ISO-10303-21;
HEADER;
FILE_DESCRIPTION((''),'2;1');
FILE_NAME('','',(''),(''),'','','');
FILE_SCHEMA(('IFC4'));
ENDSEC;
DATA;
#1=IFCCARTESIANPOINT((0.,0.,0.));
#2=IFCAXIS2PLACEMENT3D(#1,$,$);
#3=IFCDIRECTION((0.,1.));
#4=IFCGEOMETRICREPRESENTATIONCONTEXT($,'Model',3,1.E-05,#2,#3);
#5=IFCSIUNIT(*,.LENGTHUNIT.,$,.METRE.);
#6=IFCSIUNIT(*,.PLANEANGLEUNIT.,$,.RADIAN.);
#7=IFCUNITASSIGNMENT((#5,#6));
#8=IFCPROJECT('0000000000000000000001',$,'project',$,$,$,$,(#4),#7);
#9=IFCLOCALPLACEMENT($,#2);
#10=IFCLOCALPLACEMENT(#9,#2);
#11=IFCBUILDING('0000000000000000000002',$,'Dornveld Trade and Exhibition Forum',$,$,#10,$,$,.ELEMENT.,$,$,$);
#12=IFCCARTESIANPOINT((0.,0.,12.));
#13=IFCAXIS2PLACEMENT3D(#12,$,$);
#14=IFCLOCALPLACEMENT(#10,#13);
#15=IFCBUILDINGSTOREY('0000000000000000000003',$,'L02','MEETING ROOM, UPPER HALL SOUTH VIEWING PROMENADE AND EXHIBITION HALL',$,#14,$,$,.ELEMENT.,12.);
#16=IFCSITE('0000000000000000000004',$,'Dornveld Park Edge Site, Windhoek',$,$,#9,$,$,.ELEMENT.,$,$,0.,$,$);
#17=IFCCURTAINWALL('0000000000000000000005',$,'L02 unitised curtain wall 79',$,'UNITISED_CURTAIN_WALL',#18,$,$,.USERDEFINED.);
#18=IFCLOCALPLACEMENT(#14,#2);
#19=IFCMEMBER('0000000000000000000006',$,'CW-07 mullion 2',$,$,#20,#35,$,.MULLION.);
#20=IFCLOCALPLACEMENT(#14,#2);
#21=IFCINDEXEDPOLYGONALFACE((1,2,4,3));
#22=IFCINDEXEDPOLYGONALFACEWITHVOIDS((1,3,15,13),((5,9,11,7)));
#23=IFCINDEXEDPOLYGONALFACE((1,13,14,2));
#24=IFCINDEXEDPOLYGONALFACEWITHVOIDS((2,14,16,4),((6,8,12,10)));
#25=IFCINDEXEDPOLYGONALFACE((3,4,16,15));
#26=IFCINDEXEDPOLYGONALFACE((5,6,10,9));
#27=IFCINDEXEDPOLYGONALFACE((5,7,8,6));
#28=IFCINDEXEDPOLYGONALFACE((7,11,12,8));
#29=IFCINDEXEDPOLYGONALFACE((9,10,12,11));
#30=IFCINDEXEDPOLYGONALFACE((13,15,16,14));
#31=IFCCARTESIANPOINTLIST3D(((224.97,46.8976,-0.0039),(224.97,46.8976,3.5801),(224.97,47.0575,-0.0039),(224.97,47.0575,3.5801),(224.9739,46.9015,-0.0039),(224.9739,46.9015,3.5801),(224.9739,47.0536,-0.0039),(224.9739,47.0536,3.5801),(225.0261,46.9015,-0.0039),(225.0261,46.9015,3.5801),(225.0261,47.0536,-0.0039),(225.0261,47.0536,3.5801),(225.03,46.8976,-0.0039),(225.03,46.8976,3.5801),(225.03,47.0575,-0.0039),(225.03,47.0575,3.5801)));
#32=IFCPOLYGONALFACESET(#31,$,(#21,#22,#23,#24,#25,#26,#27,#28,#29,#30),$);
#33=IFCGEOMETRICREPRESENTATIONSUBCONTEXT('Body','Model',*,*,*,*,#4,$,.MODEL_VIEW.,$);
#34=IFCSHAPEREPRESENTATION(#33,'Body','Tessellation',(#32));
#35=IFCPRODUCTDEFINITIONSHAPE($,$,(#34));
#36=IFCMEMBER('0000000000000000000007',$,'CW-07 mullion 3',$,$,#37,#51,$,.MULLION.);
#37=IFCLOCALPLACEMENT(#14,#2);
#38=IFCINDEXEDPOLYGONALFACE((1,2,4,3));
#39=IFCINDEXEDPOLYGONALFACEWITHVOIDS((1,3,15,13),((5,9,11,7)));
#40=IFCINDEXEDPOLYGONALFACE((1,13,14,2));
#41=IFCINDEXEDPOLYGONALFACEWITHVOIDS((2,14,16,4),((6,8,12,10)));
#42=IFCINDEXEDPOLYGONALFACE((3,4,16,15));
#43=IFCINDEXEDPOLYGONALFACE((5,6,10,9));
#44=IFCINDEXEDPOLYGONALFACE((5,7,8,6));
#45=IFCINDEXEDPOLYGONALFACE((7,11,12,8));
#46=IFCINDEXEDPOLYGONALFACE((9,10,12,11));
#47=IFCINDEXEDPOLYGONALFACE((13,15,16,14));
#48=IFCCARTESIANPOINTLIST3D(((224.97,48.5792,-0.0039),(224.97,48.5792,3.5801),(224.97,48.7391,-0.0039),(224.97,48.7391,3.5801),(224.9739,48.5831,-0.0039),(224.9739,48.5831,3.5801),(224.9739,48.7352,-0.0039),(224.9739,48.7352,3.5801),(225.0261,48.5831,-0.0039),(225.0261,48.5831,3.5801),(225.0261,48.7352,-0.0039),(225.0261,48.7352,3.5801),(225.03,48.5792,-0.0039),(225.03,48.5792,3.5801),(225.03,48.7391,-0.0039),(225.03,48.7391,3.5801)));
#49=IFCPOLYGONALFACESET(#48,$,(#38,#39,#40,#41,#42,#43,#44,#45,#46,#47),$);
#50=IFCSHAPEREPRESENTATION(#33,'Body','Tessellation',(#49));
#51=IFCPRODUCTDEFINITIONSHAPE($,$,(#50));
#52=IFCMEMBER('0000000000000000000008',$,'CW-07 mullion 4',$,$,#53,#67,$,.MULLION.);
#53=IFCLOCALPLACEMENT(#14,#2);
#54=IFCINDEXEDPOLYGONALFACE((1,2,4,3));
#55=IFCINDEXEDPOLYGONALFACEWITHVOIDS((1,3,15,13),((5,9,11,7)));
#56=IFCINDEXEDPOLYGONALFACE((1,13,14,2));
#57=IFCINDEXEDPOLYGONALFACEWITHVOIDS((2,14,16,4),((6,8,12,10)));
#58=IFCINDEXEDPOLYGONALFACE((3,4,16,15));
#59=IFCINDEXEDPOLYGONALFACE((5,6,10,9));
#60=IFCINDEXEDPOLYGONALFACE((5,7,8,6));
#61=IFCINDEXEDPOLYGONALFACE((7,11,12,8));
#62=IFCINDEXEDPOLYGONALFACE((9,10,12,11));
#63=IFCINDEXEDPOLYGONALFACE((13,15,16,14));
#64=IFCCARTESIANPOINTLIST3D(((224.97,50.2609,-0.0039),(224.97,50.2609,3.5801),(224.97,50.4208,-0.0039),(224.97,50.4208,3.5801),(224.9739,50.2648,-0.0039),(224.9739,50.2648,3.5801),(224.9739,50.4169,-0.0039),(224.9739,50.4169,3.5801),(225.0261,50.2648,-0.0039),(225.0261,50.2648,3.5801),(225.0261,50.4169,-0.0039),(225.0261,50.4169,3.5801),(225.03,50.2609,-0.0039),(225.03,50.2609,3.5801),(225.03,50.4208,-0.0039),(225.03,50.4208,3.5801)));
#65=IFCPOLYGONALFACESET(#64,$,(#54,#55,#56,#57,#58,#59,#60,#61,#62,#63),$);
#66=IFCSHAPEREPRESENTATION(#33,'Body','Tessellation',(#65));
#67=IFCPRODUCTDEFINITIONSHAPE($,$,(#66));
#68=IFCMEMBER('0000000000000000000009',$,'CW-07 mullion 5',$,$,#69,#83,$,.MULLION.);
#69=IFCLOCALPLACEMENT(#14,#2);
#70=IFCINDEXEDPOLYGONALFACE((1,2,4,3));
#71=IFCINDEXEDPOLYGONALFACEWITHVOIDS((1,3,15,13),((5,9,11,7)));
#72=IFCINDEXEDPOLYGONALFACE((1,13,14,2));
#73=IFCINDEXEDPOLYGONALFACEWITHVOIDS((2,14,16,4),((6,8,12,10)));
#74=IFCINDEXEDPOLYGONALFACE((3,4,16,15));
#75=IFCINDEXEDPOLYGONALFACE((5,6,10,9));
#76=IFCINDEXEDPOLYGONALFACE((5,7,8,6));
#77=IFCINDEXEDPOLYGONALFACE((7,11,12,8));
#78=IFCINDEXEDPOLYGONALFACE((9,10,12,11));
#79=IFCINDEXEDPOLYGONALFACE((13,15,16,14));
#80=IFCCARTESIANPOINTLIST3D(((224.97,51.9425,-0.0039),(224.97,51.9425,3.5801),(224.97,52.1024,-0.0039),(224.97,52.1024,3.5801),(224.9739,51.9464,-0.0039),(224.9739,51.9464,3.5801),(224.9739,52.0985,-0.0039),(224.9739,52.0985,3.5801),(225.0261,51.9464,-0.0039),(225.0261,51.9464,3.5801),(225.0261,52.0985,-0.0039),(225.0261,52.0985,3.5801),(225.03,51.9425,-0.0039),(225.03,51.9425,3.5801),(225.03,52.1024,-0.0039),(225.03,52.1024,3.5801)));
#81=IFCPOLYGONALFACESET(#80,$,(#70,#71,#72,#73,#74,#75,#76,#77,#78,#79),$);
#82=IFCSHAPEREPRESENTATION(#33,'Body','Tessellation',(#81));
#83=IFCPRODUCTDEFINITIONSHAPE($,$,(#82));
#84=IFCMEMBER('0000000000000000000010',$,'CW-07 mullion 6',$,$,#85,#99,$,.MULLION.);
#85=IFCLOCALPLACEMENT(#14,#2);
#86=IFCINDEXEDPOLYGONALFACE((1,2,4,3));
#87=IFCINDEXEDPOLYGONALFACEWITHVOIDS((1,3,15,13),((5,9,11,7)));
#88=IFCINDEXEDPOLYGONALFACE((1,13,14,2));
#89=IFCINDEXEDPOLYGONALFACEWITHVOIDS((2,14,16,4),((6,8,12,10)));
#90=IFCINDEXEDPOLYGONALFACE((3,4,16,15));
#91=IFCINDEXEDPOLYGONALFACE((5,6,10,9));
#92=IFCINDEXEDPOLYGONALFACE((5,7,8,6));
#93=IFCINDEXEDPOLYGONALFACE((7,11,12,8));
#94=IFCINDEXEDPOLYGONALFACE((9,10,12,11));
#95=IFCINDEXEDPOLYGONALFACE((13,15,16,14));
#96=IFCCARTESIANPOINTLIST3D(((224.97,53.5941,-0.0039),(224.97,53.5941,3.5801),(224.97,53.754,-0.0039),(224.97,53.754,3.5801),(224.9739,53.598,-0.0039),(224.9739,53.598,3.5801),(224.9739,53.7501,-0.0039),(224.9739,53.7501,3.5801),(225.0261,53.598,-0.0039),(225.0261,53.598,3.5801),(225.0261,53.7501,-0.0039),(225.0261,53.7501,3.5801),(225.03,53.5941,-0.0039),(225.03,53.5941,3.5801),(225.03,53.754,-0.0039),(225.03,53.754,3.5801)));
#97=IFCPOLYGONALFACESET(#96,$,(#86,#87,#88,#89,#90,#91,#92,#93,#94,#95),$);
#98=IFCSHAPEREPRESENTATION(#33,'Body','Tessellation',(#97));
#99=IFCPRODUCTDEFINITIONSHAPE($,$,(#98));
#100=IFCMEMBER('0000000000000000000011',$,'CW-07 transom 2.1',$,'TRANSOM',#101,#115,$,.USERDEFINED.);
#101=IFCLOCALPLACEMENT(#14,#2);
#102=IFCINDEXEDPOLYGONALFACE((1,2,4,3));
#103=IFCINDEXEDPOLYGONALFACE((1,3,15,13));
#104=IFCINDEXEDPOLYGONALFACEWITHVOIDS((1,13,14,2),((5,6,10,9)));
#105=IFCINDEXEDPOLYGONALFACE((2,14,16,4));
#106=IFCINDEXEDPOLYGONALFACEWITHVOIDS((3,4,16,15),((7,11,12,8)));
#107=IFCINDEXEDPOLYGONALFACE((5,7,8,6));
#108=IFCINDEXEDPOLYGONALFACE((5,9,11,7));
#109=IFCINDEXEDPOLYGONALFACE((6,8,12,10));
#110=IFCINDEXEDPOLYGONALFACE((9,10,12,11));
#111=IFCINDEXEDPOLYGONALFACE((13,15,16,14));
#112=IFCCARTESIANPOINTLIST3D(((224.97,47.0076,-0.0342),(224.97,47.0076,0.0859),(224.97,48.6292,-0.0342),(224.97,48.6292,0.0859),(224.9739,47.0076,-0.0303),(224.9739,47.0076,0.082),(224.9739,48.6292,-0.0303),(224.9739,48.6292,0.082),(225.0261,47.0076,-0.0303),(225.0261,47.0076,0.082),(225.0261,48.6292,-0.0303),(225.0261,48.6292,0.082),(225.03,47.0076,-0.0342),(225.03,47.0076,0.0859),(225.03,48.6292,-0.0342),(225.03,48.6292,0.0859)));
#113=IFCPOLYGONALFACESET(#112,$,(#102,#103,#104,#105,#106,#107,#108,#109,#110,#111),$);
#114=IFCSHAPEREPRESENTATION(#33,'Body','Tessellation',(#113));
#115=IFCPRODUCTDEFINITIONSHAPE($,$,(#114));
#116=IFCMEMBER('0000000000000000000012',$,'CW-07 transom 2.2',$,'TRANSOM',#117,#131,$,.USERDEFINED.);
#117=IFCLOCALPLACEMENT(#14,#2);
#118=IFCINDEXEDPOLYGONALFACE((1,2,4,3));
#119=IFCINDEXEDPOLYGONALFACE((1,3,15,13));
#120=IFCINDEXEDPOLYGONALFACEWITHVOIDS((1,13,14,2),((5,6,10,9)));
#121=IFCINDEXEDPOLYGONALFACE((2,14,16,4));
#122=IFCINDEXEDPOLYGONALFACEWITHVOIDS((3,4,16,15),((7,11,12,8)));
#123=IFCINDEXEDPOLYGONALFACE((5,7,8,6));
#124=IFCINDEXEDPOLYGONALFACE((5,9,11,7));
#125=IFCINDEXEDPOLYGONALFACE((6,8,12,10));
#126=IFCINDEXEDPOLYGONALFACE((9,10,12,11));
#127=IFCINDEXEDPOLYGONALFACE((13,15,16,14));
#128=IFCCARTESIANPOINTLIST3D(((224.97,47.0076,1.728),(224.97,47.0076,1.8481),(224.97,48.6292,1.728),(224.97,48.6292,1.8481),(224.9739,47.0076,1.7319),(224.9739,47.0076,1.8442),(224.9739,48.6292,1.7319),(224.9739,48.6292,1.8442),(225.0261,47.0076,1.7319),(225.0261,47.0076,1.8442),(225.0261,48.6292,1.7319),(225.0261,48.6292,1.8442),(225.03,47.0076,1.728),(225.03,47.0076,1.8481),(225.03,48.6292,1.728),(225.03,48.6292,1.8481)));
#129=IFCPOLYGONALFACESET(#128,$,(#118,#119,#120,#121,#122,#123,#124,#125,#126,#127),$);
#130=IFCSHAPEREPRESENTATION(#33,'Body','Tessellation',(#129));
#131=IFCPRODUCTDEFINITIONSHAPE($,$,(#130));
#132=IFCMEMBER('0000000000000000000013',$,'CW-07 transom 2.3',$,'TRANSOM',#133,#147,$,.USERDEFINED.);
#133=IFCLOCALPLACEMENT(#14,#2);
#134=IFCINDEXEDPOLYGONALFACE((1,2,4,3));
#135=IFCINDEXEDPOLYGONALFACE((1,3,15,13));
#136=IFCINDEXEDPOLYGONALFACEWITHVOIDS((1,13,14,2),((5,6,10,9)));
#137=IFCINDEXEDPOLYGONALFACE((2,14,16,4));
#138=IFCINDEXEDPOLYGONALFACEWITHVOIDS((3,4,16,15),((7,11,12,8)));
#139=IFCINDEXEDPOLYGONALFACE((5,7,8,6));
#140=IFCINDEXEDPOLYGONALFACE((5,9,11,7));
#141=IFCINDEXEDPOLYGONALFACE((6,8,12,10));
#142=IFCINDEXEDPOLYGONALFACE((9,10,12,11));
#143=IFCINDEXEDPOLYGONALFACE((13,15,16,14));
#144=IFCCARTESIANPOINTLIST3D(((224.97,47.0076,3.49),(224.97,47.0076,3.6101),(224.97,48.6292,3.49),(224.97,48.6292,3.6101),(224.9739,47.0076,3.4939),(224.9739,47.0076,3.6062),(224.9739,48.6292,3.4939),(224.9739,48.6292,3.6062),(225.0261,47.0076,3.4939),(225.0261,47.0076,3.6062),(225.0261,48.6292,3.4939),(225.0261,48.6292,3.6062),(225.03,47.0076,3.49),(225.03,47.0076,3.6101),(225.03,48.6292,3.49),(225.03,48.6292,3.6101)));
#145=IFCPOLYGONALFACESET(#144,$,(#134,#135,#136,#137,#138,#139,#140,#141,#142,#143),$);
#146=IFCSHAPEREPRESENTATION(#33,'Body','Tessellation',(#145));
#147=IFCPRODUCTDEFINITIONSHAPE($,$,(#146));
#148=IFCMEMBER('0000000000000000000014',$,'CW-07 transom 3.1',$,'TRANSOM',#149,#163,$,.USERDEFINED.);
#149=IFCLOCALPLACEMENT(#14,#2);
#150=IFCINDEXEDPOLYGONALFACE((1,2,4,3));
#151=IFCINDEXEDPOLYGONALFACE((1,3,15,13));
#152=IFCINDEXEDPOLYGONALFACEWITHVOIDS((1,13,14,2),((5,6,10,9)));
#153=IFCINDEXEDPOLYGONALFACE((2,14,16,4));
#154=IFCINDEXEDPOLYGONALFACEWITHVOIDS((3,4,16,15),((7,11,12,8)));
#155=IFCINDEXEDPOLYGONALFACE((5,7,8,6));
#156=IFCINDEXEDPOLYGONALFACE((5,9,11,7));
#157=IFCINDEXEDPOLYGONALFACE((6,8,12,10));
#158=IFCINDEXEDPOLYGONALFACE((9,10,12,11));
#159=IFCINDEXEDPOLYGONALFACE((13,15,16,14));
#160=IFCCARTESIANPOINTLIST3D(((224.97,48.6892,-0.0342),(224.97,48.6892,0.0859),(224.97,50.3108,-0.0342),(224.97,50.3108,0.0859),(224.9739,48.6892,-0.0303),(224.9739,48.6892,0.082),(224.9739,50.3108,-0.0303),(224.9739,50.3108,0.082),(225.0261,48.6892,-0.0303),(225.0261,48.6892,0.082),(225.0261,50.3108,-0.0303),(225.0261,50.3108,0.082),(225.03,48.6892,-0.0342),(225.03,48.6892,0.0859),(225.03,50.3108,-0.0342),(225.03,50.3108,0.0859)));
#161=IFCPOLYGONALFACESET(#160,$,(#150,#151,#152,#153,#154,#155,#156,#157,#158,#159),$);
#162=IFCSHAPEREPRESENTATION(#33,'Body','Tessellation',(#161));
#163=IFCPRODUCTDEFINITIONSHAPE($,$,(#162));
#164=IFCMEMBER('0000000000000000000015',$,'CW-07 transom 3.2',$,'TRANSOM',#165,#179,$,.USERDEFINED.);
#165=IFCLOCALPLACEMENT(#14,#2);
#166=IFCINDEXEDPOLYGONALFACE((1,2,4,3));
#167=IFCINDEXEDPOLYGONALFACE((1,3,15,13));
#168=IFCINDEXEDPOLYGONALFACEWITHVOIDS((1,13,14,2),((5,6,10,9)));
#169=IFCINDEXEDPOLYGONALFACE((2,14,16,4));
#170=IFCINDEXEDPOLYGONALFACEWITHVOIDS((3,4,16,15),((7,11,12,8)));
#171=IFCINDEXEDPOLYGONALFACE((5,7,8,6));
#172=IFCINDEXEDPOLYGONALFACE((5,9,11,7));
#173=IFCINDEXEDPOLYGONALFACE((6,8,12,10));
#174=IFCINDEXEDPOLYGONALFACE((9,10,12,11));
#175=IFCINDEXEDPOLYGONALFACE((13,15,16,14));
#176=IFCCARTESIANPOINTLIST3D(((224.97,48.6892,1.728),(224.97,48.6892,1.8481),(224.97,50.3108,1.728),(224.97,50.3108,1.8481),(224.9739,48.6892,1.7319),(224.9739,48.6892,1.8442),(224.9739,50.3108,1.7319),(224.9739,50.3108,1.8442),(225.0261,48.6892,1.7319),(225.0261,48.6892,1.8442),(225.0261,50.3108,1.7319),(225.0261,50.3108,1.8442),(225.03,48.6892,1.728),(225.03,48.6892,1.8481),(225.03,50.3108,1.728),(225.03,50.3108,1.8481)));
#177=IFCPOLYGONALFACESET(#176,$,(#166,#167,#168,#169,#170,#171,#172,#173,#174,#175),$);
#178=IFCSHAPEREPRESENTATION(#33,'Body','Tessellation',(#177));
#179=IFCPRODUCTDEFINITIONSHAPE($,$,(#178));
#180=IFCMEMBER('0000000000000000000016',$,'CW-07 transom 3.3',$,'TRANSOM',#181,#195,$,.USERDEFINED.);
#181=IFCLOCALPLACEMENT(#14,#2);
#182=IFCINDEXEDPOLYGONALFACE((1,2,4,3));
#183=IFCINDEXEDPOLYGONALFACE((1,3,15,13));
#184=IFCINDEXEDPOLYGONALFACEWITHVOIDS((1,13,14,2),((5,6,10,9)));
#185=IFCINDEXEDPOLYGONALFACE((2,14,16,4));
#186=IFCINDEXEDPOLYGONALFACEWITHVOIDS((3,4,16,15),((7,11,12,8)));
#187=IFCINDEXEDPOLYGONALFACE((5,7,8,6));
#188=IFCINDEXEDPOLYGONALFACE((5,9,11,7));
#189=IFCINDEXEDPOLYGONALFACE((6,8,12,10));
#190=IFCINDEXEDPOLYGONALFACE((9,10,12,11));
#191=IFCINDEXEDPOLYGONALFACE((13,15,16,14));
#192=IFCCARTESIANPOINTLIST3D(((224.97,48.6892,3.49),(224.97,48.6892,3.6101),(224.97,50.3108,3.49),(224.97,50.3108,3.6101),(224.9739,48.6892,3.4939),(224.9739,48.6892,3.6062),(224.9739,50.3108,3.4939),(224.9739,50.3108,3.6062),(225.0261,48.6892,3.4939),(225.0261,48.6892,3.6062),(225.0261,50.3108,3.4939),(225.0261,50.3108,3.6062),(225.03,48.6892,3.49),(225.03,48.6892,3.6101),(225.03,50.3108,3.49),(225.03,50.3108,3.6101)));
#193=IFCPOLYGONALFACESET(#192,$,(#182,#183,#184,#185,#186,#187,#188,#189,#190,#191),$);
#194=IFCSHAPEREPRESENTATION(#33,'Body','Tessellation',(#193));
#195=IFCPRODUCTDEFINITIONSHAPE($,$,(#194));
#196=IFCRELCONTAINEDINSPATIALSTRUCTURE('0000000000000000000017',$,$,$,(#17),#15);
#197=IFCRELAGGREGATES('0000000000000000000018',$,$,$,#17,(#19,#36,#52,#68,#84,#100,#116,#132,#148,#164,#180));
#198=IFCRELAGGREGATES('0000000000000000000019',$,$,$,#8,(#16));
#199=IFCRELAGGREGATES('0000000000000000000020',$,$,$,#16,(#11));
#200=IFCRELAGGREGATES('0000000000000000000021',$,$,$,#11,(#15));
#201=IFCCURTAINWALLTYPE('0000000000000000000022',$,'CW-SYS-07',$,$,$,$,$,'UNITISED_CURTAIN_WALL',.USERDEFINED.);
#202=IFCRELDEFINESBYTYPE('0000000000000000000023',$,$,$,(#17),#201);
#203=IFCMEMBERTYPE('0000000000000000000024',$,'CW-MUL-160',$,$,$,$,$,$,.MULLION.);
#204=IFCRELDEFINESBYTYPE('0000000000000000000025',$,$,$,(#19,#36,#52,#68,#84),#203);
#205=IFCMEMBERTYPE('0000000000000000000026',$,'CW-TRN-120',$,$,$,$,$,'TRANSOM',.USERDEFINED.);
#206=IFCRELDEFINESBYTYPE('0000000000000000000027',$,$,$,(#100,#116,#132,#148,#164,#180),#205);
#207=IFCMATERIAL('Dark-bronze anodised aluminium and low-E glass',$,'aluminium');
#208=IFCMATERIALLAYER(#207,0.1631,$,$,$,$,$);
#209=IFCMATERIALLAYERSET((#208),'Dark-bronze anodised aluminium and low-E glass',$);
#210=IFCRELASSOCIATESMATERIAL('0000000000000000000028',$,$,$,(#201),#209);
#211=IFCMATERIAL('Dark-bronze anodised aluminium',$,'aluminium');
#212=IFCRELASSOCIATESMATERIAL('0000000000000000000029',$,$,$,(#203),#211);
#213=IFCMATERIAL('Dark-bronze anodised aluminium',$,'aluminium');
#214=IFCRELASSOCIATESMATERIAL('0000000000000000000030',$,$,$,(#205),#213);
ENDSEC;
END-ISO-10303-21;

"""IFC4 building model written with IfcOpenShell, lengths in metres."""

from ifc_helpers import new_model, si_unit, direction, frame, origin, origin_2d, place, context, subcontext, project, spatial, hollow_rectangle, extrude, material, layer, layer_set, material_profile, profile_set, type_object, element, aggregate, save


model = new_model("IFC4")

# Units and contexts
model_context = context("Model", 3, precision=1e-05, world=origin(), true_north=direction((0.0, 1.0)))
body_context = subcontext(model_context, "Body", "Model", "MODEL_VIEW")
ifc_project = project(units=[si_unit("LENGTHUNIT", "METRE"), si_unit("PLANEANGLEUNIT", "RADIAN")], contexts=[model_context])

# Site, building, storey
site_placement = place(None, origin())
site = spatial("IfcSite", under=ifc_project, at=site_placement, Name="Dornveld Park Edge Site, Windhoek", CompositionType="ELEMENT", RefElevation=0.0)
building_placement = place(site_placement, origin())
building = spatial("IfcBuilding", under=site, at=building_placement, Name="Dornveld Trade and Exhibition Forum", CompositionType="ELEMENT")
storey_placement = place(building_placement, frame((0.0, 0.0, 12.0)))
storey = spatial("IfcBuildingStorey", under=building, at=storey_placement, Name="L02", Description="MEETING ROOM, UPPER HALL SOUTH VIEWING PROMENADE AND EXHIBITION HALL", CompositionType="ELEMENT", Elevation=12.0)

# Curtain wall, members
ifc_material_1 = material(Name="Dark-bronze anodised aluminium and low-E glass", Category="aluminium")
ifc_layer_1 = layer(ifc_material_1, 0.1631)
ifc_layer_set_1 = layer_set([ifc_layer_1], Name="Dark-bronze anodised aluminium and low-E glass")
curtain_wall_type = type_object("IfcCurtainWallType", Name="CW-SYS-07", ElementType="UNITISED_CURTAIN_WALL", PredefinedType="USERDEFINED", material=ifc_layer_set_1)
curtain_wall_placement = place(storey_placement, origin())
curtain_wall = element("IfcCurtainWall", 1, at=curtain_wall_placement, inside=storey, type_object=curtain_wall_type, Name="L02 unitised curtain wall 79", ObjectType="UNITISED_CURTAIN_WALL", PredefinedType="USERDEFINED")
ifc_material_2 = material(Name="Dark-bronze anodised aluminium", Category="aluminium")
ifc_material_profile_1 = material_profile(ifc_material_2, hollow_rectangle(XDim=0.0601, YDim=0.1599, WallThickness=0.0039, at=origin_2d()), Name="RHS 160x60x4")
ifc_profile_set_1 = profile_set([ifc_material_profile_1], Name="Dark-bronze anodised aluminium")
member_type_1 = type_object("IfcMemberType", Name="CW-MUL-160", PredefinedType="MULLION", material=ifc_profile_set_1)
member_1_placement = place(storey_placement, frame((225.0, 46.9775, -0.0039), z_axis=(0.0, 0.0, 1.0), x_axis=(-1.0, 0.0, 0.0)))
member_1 = element("IfcMember", 2, at=member_1_placement, type_object=member_type_1, Name="CW-07 mullion 2", PredefinedType="MULLION", context=body_context, shape_type="SweptSolid", body=[
    extrude(hollow_rectangle(XDim=0.0601, YDim=0.1599, WallThickness=0.0039, at=origin_2d()), origin(), (0.0, 0.0, 1.0), 3.584),
])
member_2_placement = place(storey_placement, frame((225.0, 48.6592, -0.0039), z_axis=(0.0, 0.0, 1.0), x_axis=(-1.0, 0.0, 0.0)))
member_2 = element("IfcMember", 3, at=member_2_placement, type_object=member_type_1, Name="CW-07 mullion 3", PredefinedType="MULLION", context=body_context, shape_type="SweptSolid", body=[
    extrude(hollow_rectangle(XDim=0.0601, YDim=0.1599, WallThickness=0.0039, at=origin_2d()), origin(), (0.0, 0.0, 1.0), 3.584),
])
member_3_placement = place(storey_placement, frame((225.0, 50.3408, -0.0039), z_axis=(0.0, 0.0, 1.0), x_axis=(-1.0, 0.0, 0.0)))
member_3 = element("IfcMember", 4, at=member_3_placement, type_object=member_type_1, Name="CW-07 mullion 4", PredefinedType="MULLION", context=body_context, shape_type="SweptSolid", body=[
    extrude(hollow_rectangle(XDim=0.0601, YDim=0.1599, WallThickness=0.0039, at=origin_2d()), origin(), (0.0, 0.0, 1.0), 3.584),
])
member_4_placement = place(storey_placement, frame((225.0, 52.0225, -0.0039), z_axis=(0.0, 0.0, 1.0), x_axis=(-1.0, 0.0, 0.0)))
member_4 = element("IfcMember", 5, at=member_4_placement, type_object=member_type_1, Name="CW-07 mullion 5", PredefinedType="MULLION", context=body_context, shape_type="SweptSolid", body=[
    extrude(hollow_rectangle(XDim=0.0601, YDim=0.1599, WallThickness=0.0039, at=origin_2d()), origin(), (0.0, 0.0, 1.0), 3.584),
])
member_5_placement = place(storey_placement, frame((225.0, 53.6741, -0.0039), z_axis=(0.0, 0.0, 1.0), x_axis=(-1.0, 0.0, 0.0)))
member_5 = element("IfcMember", 6, at=member_5_placement, type_object=member_type_1, Name="CW-07 mullion 6", PredefinedType="MULLION", context=body_context, shape_type="SweptSolid", body=[
    extrude(hollow_rectangle(XDim=0.0601, YDim=0.1599, WallThickness=0.0039, at=origin_2d()), origin(), (0.0, 0.0, 1.0), 3.584),
])
ifc_material_3 = material(Name="Dark-bronze anodised aluminium", Category="aluminium")
ifc_material_profile_2 = material_profile(ifc_material_3, hollow_rectangle(XDim=0.0601, YDim=0.1201, WallThickness=0.0039, at=origin_2d()), Name="RHS 120x60x4")
ifc_profile_set_2 = profile_set([ifc_material_profile_2], Name="Dark-bronze anodised aluminium")
member_type_2 = type_object("IfcMemberType", Name="CW-TRN-120", ElementType="TRANSOM", PredefinedType="USERDEFINED", material=ifc_profile_set_2)
member_6_placement = place(storey_placement, frame((225.0, 47.0076, 0.0259), z_axis=(0.0, 1.0, 0.0), x_axis=(-1.0, 0.0, 0.0)))
member_6 = element("IfcMember", 7, at=member_6_placement, type_object=member_type_2, Name="CW-07 transom 2.1", ObjectType="TRANSOM", PredefinedType="USERDEFINED", context=body_context, shape_type="SweptSolid", body=[
    extrude(hollow_rectangle(XDim=0.0601, YDim=0.1201, WallThickness=0.0039, at=origin_2d()), origin(), (0.0, 0.0, 1.0), 1.6216),
])
member_7_placement = place(storey_placement, frame((225.0, 47.0076, 1.7881), z_axis=(0.0, 1.0, 0.0), x_axis=(-1.0, 0.0, 0.0)))
member_7 = element("IfcMember", 8, at=member_7_placement, type_object=member_type_2, Name="CW-07 transom 2.2", ObjectType="TRANSOM", PredefinedType="USERDEFINED", context=body_context, shape_type="SweptSolid", body=[
    extrude(hollow_rectangle(XDim=0.0601, YDim=0.1201, WallThickness=0.0039, at=origin_2d()), origin(), (0.0, 0.0, 1.0), 1.6216),
])
member_8_placement = place(storey_placement, frame((225.0, 47.0076, 3.55), z_axis=(0.0, 1.0, 0.0), x_axis=(-1.0, 0.0, 0.0)))
member_8 = element("IfcMember", 9, at=member_8_placement, type_object=member_type_2, Name="CW-07 transom 2.3", ObjectType="TRANSOM", PredefinedType="USERDEFINED", context=body_context, shape_type="SweptSolid", body=[
    extrude(hollow_rectangle(XDim=0.0601, YDim=0.1201, WallThickness=0.0039, at=origin_2d()), origin(), (0.0, 0.0, 1.0), 1.6216),
])
member_9_placement = place(storey_placement, frame((225.0, 48.6892, 0.0259), z_axis=(0.0, 1.0, 0.0), x_axis=(-1.0, 0.0, 0.0)))
member_9 = element("IfcMember", 10, at=member_9_placement, type_object=member_type_2, Name="CW-07 transom 3.1", ObjectType="TRANSOM", PredefinedType="USERDEFINED", context=body_context, shape_type="SweptSolid", body=[
    extrude(hollow_rectangle(XDim=0.0601, YDim=0.1201, WallThickness=0.0039, at=origin_2d()), origin(), (0.0, 0.0, 1.0), 1.6216),
])
member_10_placement = place(storey_placement, frame((225.0, 48.6892, 1.7881), z_axis=(0.0, 1.0, 0.0), x_axis=(-1.0, 0.0, 0.0)))
member_10 = element("IfcMember", 11, at=member_10_placement, type_object=member_type_2, Name="CW-07 transom 3.2", ObjectType="TRANSOM", PredefinedType="USERDEFINED", context=body_context, shape_type="SweptSolid", body=[
    extrude(hollow_rectangle(XDim=0.0601, YDim=0.1201, WallThickness=0.0039, at=origin_2d()), origin(), (0.0, 0.0, 1.0), 1.6216),
])
member_11_placement = place(storey_placement, frame((225.0, 48.6892, 3.55), z_axis=(0.0, 1.0, 0.0), x_axis=(-1.0, 0.0, 0.0)))
member_11 = element("IfcMember", 12, at=member_11_placement, type_object=member_type_2, Name="CW-07 transom 3.3", ObjectType="TRANSOM", PredefinedType="USERDEFINED", context=body_context, shape_type="SweptSolid", body=[
    extrude(hollow_rectangle(XDim=0.0601, YDim=0.1201, WallThickness=0.0039, at=origin_2d()), origin(), (0.0, 0.0, 1.0), 1.6216),
])
aggregate(curtain_wall, [member_1, member_2, member_3, member_4, member_5, member_6, member_7, member_8, member_9, member_10, member_11])

save(model, "model.ifc")
